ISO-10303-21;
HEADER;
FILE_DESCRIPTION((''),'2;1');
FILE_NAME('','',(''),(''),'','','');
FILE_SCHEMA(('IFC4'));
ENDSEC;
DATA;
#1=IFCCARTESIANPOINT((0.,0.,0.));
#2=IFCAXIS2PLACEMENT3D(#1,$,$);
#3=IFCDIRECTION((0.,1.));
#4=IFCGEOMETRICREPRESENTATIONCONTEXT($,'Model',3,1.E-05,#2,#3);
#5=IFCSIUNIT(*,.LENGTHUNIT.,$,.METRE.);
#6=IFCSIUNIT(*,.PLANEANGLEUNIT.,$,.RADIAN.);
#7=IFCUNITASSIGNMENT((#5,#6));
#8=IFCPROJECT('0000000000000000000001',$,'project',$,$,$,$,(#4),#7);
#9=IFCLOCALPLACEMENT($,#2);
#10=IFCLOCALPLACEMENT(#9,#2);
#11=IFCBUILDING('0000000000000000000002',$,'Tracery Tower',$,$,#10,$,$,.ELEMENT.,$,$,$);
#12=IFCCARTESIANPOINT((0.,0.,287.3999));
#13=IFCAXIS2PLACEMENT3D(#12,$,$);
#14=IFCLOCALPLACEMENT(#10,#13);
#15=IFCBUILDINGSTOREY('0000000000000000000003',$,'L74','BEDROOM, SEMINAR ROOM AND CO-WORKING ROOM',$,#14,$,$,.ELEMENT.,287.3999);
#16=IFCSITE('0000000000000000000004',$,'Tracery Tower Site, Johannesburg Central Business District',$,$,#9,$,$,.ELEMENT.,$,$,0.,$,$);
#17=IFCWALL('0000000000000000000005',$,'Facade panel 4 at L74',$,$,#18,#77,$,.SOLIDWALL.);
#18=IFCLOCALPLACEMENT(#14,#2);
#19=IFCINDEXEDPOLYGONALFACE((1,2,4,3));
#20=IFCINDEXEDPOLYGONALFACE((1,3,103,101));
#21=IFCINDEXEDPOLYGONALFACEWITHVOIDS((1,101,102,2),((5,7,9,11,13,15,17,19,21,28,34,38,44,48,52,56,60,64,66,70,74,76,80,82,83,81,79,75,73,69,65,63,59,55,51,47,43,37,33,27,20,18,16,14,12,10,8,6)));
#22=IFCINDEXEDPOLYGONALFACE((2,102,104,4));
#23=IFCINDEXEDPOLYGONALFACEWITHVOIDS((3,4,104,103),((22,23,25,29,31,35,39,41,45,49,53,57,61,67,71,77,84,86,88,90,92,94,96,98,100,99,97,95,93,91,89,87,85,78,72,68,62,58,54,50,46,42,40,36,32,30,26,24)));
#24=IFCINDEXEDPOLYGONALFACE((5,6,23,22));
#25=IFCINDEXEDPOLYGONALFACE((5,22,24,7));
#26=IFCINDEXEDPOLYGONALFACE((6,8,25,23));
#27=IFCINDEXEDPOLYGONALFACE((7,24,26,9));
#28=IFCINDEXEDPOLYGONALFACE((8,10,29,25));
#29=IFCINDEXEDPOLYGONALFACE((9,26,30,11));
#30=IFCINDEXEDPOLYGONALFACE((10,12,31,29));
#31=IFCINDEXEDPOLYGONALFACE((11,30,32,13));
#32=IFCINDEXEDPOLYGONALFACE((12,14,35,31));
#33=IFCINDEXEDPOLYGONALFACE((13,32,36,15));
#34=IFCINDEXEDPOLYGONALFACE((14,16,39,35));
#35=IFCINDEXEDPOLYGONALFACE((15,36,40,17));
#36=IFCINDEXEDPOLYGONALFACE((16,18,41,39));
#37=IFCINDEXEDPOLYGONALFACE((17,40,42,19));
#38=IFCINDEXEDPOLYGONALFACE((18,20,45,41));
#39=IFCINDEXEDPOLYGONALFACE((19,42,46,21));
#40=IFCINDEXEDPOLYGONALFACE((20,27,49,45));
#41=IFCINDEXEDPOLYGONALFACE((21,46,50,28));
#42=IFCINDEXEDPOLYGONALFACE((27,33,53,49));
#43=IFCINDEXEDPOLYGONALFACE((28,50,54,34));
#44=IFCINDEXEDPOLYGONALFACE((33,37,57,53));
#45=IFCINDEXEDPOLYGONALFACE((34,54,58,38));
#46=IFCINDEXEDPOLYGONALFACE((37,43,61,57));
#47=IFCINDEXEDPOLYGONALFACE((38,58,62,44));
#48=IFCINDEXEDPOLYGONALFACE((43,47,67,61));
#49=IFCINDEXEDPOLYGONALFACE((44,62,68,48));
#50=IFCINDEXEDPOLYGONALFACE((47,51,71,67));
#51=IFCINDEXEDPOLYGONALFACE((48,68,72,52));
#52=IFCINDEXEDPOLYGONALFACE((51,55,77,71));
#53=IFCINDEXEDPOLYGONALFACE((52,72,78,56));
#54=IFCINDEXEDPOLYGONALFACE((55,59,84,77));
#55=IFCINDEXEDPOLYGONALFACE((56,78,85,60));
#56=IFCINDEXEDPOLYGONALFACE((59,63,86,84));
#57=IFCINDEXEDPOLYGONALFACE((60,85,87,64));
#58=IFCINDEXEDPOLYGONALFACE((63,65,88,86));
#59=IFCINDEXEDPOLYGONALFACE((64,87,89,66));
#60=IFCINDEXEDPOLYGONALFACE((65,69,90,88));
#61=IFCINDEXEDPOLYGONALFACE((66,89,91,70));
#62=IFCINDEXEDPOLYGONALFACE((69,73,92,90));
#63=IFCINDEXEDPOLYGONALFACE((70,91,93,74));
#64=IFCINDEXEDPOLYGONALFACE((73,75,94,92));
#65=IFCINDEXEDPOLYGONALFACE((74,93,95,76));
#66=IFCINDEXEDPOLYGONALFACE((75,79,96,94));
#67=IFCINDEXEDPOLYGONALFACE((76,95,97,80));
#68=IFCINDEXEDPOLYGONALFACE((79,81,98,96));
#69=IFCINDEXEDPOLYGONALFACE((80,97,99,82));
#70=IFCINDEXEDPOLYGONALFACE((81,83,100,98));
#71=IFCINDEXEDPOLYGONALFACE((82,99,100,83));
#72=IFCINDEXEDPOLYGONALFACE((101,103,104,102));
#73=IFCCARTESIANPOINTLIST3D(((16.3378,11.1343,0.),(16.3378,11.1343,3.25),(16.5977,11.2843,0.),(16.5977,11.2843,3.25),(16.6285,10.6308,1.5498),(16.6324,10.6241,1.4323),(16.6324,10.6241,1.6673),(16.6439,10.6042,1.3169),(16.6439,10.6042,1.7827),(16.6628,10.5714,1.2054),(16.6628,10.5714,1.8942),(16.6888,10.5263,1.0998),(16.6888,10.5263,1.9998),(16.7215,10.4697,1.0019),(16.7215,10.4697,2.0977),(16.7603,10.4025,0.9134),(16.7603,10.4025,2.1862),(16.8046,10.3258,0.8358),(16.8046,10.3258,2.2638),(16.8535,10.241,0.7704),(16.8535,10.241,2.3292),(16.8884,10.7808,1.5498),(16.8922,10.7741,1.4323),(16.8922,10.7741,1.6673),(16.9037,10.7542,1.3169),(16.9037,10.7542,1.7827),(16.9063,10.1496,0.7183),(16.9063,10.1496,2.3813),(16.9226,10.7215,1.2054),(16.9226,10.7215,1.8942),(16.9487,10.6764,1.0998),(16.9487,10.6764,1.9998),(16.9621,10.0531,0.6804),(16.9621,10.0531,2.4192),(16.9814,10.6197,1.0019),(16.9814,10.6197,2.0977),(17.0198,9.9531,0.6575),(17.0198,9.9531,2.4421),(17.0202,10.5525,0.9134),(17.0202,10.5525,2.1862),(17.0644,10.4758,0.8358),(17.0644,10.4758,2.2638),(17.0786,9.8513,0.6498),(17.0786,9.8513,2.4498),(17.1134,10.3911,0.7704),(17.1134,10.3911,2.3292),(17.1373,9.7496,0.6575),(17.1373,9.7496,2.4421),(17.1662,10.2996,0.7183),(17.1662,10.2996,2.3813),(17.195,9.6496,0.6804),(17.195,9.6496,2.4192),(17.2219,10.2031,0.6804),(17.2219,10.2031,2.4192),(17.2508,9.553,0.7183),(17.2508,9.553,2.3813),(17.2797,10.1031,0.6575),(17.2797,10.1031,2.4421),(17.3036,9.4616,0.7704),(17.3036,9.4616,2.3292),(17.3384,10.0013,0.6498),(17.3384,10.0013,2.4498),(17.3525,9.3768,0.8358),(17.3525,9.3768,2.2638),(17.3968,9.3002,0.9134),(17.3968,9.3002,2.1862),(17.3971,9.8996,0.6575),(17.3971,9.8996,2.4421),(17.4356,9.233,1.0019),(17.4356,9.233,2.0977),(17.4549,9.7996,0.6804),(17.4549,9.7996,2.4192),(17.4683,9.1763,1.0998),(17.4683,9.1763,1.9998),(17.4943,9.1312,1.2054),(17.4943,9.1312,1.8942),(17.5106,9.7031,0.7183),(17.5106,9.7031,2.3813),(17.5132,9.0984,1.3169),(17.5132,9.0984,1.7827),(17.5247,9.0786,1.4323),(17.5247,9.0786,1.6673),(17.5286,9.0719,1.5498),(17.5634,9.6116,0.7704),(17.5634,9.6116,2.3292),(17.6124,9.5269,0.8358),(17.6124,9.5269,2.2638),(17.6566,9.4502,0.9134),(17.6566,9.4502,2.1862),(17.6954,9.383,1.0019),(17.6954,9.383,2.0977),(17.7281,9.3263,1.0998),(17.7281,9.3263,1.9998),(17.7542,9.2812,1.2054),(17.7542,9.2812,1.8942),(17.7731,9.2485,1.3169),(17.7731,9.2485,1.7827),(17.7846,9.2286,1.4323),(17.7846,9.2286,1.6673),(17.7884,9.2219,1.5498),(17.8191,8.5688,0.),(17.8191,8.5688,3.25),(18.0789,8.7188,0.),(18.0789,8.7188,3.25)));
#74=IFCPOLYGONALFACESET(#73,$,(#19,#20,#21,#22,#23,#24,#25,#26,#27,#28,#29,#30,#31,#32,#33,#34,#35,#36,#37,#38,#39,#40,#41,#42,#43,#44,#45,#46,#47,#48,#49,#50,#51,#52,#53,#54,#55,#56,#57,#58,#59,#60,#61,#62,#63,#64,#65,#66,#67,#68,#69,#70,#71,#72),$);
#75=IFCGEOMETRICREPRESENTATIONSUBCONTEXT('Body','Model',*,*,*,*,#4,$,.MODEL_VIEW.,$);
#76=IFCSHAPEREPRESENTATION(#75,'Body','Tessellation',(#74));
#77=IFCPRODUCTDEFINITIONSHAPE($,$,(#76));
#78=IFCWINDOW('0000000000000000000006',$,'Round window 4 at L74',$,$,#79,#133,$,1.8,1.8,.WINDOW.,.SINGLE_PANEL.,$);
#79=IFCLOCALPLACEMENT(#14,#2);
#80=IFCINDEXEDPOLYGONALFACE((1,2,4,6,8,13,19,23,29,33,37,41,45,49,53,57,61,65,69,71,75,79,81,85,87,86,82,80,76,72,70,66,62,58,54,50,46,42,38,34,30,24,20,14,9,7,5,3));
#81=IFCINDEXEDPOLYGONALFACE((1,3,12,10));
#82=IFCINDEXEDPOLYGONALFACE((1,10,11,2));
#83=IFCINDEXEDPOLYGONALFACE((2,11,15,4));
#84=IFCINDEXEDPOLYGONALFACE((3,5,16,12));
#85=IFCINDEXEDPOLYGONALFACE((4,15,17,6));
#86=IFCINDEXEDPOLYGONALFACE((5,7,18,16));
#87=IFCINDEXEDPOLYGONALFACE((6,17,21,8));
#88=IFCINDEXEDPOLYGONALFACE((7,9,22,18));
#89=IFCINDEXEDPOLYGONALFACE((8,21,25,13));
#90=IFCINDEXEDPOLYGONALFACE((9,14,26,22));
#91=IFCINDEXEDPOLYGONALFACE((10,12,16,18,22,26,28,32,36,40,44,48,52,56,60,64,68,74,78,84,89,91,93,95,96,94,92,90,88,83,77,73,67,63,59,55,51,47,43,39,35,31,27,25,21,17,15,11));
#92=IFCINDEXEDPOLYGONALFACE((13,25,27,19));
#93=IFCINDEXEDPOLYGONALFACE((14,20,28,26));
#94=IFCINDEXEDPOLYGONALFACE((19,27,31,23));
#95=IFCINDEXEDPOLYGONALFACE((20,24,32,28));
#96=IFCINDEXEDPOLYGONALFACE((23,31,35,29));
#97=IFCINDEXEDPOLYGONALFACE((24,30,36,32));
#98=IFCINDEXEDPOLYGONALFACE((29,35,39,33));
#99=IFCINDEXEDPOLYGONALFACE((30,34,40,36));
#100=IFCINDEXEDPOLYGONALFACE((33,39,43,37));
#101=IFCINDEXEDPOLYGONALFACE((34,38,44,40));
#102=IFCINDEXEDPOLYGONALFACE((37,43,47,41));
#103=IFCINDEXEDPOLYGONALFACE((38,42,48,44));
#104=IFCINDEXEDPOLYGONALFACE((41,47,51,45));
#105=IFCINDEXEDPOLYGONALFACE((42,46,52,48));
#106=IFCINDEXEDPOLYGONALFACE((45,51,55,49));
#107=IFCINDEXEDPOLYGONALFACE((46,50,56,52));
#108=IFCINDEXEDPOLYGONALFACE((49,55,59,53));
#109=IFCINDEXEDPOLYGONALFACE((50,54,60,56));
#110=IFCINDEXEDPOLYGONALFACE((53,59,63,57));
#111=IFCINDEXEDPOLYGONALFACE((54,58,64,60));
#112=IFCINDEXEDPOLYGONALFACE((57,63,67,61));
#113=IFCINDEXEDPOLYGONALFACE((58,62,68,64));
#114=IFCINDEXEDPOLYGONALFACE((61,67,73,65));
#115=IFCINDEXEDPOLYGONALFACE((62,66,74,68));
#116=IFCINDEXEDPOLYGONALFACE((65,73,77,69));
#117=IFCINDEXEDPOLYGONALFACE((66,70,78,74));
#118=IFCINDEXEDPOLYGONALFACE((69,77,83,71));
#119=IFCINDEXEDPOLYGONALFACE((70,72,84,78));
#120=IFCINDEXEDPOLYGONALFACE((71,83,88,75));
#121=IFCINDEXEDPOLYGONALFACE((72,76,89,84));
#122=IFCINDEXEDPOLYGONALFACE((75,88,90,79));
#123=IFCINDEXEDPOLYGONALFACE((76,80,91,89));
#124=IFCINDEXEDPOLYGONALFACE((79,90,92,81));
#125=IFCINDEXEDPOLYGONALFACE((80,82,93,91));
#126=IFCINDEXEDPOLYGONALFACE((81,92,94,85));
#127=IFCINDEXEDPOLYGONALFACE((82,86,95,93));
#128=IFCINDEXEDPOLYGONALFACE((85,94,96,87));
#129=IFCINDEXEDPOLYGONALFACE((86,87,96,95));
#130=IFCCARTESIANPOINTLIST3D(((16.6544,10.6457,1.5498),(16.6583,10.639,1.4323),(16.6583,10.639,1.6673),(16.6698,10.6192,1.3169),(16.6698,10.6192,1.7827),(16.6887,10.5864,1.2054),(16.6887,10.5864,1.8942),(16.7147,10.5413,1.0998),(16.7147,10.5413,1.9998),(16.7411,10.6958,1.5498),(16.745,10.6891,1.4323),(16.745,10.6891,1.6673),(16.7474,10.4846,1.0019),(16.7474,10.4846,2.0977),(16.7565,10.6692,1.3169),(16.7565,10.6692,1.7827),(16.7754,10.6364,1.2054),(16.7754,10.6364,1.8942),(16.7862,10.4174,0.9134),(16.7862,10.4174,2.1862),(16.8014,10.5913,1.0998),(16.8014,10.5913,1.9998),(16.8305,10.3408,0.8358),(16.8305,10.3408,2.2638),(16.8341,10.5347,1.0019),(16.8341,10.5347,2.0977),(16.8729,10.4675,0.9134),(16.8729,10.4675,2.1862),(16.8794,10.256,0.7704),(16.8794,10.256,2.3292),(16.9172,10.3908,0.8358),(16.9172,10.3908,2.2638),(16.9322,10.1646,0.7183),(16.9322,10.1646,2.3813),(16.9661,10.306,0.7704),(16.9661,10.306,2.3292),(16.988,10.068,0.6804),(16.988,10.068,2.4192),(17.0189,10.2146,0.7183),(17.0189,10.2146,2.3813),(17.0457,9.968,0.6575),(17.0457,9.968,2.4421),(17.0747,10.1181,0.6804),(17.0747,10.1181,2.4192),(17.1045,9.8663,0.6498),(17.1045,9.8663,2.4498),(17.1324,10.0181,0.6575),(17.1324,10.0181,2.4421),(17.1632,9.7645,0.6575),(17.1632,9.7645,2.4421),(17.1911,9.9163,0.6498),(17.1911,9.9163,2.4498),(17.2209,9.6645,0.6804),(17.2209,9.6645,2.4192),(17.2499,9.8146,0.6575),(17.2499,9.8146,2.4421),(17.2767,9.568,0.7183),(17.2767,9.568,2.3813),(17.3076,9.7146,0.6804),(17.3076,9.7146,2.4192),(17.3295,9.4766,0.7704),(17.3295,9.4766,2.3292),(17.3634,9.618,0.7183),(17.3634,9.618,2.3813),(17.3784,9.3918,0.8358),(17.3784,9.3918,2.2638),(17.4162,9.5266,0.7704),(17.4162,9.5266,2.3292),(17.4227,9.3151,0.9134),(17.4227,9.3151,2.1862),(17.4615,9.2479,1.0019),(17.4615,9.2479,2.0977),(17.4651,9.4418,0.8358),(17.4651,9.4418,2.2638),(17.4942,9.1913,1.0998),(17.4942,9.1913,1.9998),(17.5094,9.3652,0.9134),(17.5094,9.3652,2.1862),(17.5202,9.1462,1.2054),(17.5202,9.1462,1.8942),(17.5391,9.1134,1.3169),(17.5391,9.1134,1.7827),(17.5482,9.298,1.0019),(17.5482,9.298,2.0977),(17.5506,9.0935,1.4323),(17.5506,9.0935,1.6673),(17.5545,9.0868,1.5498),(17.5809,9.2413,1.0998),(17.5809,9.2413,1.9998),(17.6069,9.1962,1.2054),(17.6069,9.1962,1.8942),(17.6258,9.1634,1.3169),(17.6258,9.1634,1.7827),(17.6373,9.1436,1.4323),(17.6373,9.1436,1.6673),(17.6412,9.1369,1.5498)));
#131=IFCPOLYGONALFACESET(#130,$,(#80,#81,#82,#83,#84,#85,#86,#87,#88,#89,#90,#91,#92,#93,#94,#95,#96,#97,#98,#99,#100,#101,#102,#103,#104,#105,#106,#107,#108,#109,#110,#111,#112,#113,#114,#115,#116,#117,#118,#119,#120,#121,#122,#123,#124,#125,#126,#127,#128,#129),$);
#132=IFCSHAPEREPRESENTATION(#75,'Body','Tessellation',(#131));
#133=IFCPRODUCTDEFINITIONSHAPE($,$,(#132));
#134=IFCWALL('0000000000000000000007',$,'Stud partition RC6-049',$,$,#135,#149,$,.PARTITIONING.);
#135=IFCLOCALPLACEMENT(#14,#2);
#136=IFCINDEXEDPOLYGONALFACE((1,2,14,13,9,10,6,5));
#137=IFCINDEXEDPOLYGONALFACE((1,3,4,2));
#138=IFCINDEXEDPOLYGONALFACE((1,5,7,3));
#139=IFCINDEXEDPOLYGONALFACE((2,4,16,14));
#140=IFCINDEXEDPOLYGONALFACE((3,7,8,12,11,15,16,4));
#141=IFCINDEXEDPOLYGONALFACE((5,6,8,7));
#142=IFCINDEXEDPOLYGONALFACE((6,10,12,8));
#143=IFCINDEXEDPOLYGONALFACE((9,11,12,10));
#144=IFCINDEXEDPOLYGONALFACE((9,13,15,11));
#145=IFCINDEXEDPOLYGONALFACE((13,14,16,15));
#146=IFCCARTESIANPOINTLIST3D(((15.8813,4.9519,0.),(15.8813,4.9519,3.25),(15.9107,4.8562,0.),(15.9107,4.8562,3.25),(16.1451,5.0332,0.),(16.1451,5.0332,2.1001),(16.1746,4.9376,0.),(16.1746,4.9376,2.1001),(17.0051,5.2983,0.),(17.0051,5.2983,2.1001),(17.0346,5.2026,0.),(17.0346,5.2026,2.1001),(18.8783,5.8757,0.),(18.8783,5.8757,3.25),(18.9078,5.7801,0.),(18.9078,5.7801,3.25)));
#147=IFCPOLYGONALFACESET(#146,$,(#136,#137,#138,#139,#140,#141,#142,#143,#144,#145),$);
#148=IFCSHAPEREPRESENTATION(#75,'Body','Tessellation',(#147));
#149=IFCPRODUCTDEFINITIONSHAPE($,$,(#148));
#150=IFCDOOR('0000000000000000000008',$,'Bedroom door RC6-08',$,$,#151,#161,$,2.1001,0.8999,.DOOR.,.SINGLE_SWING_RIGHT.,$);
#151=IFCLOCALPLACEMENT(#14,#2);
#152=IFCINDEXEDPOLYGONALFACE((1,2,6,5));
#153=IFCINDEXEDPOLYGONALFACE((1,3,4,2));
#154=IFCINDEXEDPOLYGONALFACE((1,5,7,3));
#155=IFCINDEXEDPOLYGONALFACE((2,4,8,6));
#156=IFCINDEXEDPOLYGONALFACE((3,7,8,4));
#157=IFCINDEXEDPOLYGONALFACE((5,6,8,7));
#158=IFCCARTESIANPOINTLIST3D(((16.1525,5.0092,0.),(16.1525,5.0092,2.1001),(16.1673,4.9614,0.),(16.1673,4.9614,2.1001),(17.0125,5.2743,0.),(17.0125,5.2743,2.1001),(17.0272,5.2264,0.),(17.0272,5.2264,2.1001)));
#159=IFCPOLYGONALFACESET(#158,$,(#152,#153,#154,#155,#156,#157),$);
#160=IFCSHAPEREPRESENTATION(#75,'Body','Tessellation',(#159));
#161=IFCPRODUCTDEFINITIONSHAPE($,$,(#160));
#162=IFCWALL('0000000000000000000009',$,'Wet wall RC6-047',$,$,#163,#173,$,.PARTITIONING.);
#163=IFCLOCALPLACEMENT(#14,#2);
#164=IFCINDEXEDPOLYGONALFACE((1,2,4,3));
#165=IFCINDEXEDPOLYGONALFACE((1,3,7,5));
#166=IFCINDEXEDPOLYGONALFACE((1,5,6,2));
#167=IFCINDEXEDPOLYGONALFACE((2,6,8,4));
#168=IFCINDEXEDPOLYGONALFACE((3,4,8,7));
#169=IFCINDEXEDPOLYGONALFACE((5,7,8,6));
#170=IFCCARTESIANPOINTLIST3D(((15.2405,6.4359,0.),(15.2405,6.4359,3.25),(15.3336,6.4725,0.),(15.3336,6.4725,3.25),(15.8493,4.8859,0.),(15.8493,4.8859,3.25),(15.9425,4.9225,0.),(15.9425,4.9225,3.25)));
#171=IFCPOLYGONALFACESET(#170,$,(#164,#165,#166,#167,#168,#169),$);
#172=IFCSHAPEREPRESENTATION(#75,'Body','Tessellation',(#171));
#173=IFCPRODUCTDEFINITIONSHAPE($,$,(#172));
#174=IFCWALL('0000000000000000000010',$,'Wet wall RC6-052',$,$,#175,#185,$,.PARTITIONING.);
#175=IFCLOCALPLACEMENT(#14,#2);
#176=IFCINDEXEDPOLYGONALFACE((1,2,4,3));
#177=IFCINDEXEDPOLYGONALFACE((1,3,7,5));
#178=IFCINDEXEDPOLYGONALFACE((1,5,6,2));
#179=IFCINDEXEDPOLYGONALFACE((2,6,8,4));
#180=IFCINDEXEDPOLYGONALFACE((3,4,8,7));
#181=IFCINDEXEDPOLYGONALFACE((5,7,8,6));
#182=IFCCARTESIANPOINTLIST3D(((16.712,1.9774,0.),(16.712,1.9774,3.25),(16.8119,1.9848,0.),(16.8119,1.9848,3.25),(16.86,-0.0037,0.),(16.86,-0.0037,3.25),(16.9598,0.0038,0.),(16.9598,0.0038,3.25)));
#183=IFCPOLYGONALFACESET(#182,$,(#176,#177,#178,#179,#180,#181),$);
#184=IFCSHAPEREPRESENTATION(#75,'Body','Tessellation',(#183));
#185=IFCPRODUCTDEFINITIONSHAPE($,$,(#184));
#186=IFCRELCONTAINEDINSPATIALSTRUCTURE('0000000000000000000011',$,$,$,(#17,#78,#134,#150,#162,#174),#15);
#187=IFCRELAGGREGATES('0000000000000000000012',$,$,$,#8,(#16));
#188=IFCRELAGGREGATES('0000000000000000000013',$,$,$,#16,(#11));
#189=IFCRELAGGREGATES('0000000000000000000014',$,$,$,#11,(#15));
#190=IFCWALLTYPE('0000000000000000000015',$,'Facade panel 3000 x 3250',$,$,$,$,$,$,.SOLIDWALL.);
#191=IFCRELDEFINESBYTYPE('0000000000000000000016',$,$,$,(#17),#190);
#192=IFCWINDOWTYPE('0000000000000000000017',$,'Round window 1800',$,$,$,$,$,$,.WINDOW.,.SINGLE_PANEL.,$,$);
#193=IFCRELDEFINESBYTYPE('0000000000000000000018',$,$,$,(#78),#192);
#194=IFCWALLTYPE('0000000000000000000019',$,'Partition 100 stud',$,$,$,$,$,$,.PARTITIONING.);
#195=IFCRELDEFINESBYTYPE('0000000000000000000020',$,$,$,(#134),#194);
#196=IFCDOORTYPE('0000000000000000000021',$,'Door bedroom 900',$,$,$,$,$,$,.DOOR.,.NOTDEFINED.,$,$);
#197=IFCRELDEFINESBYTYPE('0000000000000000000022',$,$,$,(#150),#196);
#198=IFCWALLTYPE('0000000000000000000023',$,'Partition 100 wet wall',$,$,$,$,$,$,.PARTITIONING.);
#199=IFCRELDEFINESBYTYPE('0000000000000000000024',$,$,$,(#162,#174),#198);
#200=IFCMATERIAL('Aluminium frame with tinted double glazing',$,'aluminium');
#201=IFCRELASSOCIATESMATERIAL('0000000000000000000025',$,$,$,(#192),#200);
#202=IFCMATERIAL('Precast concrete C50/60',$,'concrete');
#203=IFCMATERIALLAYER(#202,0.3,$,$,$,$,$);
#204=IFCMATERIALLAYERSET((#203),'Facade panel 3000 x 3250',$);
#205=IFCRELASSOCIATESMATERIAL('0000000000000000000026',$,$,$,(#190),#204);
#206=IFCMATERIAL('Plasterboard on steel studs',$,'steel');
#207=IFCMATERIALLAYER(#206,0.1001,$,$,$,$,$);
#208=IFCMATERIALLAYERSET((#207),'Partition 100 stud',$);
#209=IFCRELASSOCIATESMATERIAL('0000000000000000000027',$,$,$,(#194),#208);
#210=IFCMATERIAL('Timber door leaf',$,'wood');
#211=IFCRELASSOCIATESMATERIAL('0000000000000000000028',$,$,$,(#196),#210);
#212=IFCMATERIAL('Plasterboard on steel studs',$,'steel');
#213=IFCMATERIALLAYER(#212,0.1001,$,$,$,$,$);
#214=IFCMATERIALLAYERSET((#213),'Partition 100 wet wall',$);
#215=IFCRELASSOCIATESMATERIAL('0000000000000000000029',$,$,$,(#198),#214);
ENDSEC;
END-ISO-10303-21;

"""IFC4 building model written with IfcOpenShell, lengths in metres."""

from ifc_helpers import new_model, si_unit, direction, frame, frame_2d, origin, origin_2d, place, context, subcontext, project, spatial, rectangle, circle, extrude, material, layer, layer_set, type_object, element, fill, save


model = new_model("IFC4")

# Units and contexts
model_context = context("Model", 3, precision=1e-05, world=origin(), true_north=direction((0.0, 1.0)))
body_context = subcontext(model_context, "Body", "Model", "MODEL_VIEW")
ifc_project = project(units=[si_unit("LENGTHUNIT", "METRE"), si_unit("PLANEANGLEUNIT", "RADIAN")], contexts=[model_context])

# Site, building, storey
site_placement = place(None, origin())
site = spatial("IfcSite", under=ifc_project, at=site_placement, Name="Tracery Tower Site, Johannesburg Central Business District", CompositionType="ELEMENT", RefElevation=0.0)
building_placement = place(site_placement, origin())
building = spatial("IfcBuilding", under=site, at=building_placement, Name="Tracery Tower", CompositionType="ELEMENT")
storey_placement = place(building_placement, frame((0.0, 0.0, 287.3999)))
storey = spatial("IfcBuildingStorey", under=building, at=storey_placement, Name="L74", Description="BEDROOM, SEMINAR ROOM AND CO-WORKING ROOM", CompositionType="ELEMENT", Elevation=287.3999)

# Wall, opening, window
ifc_material_1 = material(Name="Aluminium frame with tinted double glazing", Category="aluminium")
window_type = type_object("IfcWindowType", Name="Round window 1800", PartitioningType="SINGLE_PANEL", PredefinedType="WINDOW", material=ifc_material_1)
ifc_material_2 = material(Name="Precast concrete C50/60", Category="concrete")
ifc_layer_1 = layer(ifc_material_2, 0.3)
ifc_layer_set_1 = layer_set([ifc_layer_1], Name="Facade panel 3000 x 3250")
wall_type_1 = type_object("IfcWallType", Name="Facade panel 3000 x 3250", PredefinedType="SOLIDWALL", material=ifc_layer_set_1)
wall_1_placement = place(storey_placement, frame((17.949, 8.6438, 0.0), z_axis=(0.0, 0.0, 1.0), x_axis=(-0.500013, 0.866018, 0.0)))
wall_1 = element("IfcWall", 1, at=wall_1_placement, inside=storey, type_object=wall_type_1, Name="Facade panel 4 at L74", PredefinedType="SOLIDWALL", context=body_context, shape_type="SweptSolid", body=[
    extrude(rectangle(XDim=2.9624, YDim=0.3, at=frame_2d((1.4812, 0.0))), origin(), (0.0, 0.0, 1.0), 3.25),
])
opening_1_placement = place(wall_1_placement, frame((1.481, 0.0, 1.5498)))
opening_1 = element("IfcOpeningElement", 2, at=opening_1_placement, cuts=wall_1, PredefinedType="OPENING", context=body_context, shape_type="SweptSolid", body=[
    extrude(circle(Radius=0.9, at=origin_2d()), frame((0.0, 0.1599, 0.0), z_axis=(0.0, -1.0, 0.0), x_axis=(1.0, 0.0, 0.0)), (0.0, 0.0, 1.0), 0.3201),
])
window_1_placement = place(opening_1_placement, origin())
window_1 = element("IfcWindow", 3, at=window_1_placement, inside=storey, type_object=window_type, Name="Round window 4 at L74", OverallHeight=1.8, OverallWidth=1.8, PartitioningType="SINGLE_PANEL", PredefinedType="WINDOW", context=body_context, shape_type="SweptSolid", body=[
    extrude(circle(Radius=0.9, at=origin_2d()), frame((0.0, 0.1201, 0.0), z_axis=(0.0, -1.0, 0.0), x_axis=(1.0, 0.0, 0.0)), (0.0, 0.0, 1.0), 0.1001),
])
fill(opening_1, window_1)

# Wall, opening, door
ifc_material_3 = material(Name="Plasterboard on steel studs", Category="steel")
ifc_layer_2 = layer(ifc_material_3, 0.1001)
ifc_layer_set_2 = layer_set([ifc_layer_2], Name="Partition 100 stud")
wall_type_2 = type_object("IfcWallType", Name="Partition 100 stud", PredefinedType="PARTITIONING", material=ifc_layer_set_2)
wall_2_placement = place(storey_placement, frame((15.896, 4.9041, 0.0), z_axis=(0.0, 0.0, 1.0), x_axis=(0.955631, 0.294567, 0.0)))
wall_2 = element("IfcWall", 4, at=wall_2_placement, inside=storey, type_object=wall_type_2, Name="Stud partition RC6-049", PredefinedType="PARTITIONING", context=body_context, shape_type="SweptSolid", body=[
    extrude(rectangle(XDim=3.1362, YDim=0.1001, at=frame_2d((1.5681, 0.0))), origin(), (0.0, 0.0, 1.0), 3.25),
])
opening_2_placement = place(wall_2_placement, frame((0.2761, 0.0, 0.0)))
opening_2 = element("IfcOpeningElement", 5, at=opening_2_placement, cuts=wall_2, PredefinedType="OPENING", context=body_context, shape_type="SweptSolid", body=[
    extrude(rectangle(XDim=0.8999, YDim=2.1001, at=frame_2d((0.45, 1.05))), frame((0.0, 0.05, 0.0), z_axis=(0.0, -1.0, 0.0), x_axis=(1.0, 0.0, 0.0)), (0.0, 0.0, 1.0), 0.1001),
])
ifc_material_4 = material(Name="Timber door leaf", Category="wood")
door_type_1 = type_object("IfcDoorType", Name="Door bedroom 900", OperationType="NOTDEFINED", PredefinedType="DOOR", material=ifc_material_4)
door_1_placement = place(opening_2_placement, origin())
door_1 = element("IfcDoor", 6, at=door_1_placement, inside=storey, type_object=door_type_1, Name="Bedroom door RC6-08", OperationType="SINGLE_SWING_RIGHT", OverallHeight=2.1001, OverallWidth=0.8999, PredefinedType="DOOR", context=body_context, shape_type="SweptSolid", body=[
    extrude(rectangle(XDim=0.8999, YDim=2.1001, at=frame_2d((0.45, 1.05))), frame((0.0, 0.0249, 0.0), z_axis=(0.0, -1.0, 0.0), x_axis=(1.0, 0.0, 0.0)), (0.0, 0.0, 1.0), 0.05),
])
fill(opening_2, door_1)

# Walls
ifc_material_5 = material(Name="Plasterboard on steel studs", Category="steel")
ifc_layer_3 = layer(ifc_material_5, 0.1001)
ifc_layer_set_3 = layer_set([ifc_layer_3], Name="Partition 100 wet wall")
wall_type_3 = type_object("IfcWallType", Name="Partition 100 wet wall", PredefinedType="PARTITIONING", material=ifc_layer_set_3)
wall_3_placement = place(storey_placement, frame((15.2871, 6.4541, 0.0), z_axis=(0.0, 0.0, 1.0), x_axis=(0.365621, -0.930764, 0.0)))
element("IfcWall", 7, at=wall_3_placement, inside=storey, type_object=wall_type_3, Name="Wet wall RC6-047", PredefinedType="PARTITIONING", context=body_context, shape_type="SweptSolid", body=[
    extrude(rectangle(XDim=1.6653, YDim=0.1001, at=frame_2d((0.8325, 0.0))), origin(), (0.0, 0.0, 1.0), 3.25),
])
wall_4_placement = place(storey_placement, frame((16.762, 1.981, 0.0), z_axis=(0.0, 0.0, 1.0), x_axis=(0.074478, -0.997223, 0.0)))
element("IfcWall", 8, at=wall_4_placement, inside=storey, type_object=wall_type_3, Name="Wet wall RC6-052", PredefinedType="PARTITIONING", context=body_context, shape_type="SweptSolid", body=[
    extrude(rectangle(XDim=1.9866, YDim=0.1001, at=frame_2d((0.9932, 0.0))), origin(), (0.0, 0.0, 1.0), 3.25),
])

save(model, "model.ifc")
